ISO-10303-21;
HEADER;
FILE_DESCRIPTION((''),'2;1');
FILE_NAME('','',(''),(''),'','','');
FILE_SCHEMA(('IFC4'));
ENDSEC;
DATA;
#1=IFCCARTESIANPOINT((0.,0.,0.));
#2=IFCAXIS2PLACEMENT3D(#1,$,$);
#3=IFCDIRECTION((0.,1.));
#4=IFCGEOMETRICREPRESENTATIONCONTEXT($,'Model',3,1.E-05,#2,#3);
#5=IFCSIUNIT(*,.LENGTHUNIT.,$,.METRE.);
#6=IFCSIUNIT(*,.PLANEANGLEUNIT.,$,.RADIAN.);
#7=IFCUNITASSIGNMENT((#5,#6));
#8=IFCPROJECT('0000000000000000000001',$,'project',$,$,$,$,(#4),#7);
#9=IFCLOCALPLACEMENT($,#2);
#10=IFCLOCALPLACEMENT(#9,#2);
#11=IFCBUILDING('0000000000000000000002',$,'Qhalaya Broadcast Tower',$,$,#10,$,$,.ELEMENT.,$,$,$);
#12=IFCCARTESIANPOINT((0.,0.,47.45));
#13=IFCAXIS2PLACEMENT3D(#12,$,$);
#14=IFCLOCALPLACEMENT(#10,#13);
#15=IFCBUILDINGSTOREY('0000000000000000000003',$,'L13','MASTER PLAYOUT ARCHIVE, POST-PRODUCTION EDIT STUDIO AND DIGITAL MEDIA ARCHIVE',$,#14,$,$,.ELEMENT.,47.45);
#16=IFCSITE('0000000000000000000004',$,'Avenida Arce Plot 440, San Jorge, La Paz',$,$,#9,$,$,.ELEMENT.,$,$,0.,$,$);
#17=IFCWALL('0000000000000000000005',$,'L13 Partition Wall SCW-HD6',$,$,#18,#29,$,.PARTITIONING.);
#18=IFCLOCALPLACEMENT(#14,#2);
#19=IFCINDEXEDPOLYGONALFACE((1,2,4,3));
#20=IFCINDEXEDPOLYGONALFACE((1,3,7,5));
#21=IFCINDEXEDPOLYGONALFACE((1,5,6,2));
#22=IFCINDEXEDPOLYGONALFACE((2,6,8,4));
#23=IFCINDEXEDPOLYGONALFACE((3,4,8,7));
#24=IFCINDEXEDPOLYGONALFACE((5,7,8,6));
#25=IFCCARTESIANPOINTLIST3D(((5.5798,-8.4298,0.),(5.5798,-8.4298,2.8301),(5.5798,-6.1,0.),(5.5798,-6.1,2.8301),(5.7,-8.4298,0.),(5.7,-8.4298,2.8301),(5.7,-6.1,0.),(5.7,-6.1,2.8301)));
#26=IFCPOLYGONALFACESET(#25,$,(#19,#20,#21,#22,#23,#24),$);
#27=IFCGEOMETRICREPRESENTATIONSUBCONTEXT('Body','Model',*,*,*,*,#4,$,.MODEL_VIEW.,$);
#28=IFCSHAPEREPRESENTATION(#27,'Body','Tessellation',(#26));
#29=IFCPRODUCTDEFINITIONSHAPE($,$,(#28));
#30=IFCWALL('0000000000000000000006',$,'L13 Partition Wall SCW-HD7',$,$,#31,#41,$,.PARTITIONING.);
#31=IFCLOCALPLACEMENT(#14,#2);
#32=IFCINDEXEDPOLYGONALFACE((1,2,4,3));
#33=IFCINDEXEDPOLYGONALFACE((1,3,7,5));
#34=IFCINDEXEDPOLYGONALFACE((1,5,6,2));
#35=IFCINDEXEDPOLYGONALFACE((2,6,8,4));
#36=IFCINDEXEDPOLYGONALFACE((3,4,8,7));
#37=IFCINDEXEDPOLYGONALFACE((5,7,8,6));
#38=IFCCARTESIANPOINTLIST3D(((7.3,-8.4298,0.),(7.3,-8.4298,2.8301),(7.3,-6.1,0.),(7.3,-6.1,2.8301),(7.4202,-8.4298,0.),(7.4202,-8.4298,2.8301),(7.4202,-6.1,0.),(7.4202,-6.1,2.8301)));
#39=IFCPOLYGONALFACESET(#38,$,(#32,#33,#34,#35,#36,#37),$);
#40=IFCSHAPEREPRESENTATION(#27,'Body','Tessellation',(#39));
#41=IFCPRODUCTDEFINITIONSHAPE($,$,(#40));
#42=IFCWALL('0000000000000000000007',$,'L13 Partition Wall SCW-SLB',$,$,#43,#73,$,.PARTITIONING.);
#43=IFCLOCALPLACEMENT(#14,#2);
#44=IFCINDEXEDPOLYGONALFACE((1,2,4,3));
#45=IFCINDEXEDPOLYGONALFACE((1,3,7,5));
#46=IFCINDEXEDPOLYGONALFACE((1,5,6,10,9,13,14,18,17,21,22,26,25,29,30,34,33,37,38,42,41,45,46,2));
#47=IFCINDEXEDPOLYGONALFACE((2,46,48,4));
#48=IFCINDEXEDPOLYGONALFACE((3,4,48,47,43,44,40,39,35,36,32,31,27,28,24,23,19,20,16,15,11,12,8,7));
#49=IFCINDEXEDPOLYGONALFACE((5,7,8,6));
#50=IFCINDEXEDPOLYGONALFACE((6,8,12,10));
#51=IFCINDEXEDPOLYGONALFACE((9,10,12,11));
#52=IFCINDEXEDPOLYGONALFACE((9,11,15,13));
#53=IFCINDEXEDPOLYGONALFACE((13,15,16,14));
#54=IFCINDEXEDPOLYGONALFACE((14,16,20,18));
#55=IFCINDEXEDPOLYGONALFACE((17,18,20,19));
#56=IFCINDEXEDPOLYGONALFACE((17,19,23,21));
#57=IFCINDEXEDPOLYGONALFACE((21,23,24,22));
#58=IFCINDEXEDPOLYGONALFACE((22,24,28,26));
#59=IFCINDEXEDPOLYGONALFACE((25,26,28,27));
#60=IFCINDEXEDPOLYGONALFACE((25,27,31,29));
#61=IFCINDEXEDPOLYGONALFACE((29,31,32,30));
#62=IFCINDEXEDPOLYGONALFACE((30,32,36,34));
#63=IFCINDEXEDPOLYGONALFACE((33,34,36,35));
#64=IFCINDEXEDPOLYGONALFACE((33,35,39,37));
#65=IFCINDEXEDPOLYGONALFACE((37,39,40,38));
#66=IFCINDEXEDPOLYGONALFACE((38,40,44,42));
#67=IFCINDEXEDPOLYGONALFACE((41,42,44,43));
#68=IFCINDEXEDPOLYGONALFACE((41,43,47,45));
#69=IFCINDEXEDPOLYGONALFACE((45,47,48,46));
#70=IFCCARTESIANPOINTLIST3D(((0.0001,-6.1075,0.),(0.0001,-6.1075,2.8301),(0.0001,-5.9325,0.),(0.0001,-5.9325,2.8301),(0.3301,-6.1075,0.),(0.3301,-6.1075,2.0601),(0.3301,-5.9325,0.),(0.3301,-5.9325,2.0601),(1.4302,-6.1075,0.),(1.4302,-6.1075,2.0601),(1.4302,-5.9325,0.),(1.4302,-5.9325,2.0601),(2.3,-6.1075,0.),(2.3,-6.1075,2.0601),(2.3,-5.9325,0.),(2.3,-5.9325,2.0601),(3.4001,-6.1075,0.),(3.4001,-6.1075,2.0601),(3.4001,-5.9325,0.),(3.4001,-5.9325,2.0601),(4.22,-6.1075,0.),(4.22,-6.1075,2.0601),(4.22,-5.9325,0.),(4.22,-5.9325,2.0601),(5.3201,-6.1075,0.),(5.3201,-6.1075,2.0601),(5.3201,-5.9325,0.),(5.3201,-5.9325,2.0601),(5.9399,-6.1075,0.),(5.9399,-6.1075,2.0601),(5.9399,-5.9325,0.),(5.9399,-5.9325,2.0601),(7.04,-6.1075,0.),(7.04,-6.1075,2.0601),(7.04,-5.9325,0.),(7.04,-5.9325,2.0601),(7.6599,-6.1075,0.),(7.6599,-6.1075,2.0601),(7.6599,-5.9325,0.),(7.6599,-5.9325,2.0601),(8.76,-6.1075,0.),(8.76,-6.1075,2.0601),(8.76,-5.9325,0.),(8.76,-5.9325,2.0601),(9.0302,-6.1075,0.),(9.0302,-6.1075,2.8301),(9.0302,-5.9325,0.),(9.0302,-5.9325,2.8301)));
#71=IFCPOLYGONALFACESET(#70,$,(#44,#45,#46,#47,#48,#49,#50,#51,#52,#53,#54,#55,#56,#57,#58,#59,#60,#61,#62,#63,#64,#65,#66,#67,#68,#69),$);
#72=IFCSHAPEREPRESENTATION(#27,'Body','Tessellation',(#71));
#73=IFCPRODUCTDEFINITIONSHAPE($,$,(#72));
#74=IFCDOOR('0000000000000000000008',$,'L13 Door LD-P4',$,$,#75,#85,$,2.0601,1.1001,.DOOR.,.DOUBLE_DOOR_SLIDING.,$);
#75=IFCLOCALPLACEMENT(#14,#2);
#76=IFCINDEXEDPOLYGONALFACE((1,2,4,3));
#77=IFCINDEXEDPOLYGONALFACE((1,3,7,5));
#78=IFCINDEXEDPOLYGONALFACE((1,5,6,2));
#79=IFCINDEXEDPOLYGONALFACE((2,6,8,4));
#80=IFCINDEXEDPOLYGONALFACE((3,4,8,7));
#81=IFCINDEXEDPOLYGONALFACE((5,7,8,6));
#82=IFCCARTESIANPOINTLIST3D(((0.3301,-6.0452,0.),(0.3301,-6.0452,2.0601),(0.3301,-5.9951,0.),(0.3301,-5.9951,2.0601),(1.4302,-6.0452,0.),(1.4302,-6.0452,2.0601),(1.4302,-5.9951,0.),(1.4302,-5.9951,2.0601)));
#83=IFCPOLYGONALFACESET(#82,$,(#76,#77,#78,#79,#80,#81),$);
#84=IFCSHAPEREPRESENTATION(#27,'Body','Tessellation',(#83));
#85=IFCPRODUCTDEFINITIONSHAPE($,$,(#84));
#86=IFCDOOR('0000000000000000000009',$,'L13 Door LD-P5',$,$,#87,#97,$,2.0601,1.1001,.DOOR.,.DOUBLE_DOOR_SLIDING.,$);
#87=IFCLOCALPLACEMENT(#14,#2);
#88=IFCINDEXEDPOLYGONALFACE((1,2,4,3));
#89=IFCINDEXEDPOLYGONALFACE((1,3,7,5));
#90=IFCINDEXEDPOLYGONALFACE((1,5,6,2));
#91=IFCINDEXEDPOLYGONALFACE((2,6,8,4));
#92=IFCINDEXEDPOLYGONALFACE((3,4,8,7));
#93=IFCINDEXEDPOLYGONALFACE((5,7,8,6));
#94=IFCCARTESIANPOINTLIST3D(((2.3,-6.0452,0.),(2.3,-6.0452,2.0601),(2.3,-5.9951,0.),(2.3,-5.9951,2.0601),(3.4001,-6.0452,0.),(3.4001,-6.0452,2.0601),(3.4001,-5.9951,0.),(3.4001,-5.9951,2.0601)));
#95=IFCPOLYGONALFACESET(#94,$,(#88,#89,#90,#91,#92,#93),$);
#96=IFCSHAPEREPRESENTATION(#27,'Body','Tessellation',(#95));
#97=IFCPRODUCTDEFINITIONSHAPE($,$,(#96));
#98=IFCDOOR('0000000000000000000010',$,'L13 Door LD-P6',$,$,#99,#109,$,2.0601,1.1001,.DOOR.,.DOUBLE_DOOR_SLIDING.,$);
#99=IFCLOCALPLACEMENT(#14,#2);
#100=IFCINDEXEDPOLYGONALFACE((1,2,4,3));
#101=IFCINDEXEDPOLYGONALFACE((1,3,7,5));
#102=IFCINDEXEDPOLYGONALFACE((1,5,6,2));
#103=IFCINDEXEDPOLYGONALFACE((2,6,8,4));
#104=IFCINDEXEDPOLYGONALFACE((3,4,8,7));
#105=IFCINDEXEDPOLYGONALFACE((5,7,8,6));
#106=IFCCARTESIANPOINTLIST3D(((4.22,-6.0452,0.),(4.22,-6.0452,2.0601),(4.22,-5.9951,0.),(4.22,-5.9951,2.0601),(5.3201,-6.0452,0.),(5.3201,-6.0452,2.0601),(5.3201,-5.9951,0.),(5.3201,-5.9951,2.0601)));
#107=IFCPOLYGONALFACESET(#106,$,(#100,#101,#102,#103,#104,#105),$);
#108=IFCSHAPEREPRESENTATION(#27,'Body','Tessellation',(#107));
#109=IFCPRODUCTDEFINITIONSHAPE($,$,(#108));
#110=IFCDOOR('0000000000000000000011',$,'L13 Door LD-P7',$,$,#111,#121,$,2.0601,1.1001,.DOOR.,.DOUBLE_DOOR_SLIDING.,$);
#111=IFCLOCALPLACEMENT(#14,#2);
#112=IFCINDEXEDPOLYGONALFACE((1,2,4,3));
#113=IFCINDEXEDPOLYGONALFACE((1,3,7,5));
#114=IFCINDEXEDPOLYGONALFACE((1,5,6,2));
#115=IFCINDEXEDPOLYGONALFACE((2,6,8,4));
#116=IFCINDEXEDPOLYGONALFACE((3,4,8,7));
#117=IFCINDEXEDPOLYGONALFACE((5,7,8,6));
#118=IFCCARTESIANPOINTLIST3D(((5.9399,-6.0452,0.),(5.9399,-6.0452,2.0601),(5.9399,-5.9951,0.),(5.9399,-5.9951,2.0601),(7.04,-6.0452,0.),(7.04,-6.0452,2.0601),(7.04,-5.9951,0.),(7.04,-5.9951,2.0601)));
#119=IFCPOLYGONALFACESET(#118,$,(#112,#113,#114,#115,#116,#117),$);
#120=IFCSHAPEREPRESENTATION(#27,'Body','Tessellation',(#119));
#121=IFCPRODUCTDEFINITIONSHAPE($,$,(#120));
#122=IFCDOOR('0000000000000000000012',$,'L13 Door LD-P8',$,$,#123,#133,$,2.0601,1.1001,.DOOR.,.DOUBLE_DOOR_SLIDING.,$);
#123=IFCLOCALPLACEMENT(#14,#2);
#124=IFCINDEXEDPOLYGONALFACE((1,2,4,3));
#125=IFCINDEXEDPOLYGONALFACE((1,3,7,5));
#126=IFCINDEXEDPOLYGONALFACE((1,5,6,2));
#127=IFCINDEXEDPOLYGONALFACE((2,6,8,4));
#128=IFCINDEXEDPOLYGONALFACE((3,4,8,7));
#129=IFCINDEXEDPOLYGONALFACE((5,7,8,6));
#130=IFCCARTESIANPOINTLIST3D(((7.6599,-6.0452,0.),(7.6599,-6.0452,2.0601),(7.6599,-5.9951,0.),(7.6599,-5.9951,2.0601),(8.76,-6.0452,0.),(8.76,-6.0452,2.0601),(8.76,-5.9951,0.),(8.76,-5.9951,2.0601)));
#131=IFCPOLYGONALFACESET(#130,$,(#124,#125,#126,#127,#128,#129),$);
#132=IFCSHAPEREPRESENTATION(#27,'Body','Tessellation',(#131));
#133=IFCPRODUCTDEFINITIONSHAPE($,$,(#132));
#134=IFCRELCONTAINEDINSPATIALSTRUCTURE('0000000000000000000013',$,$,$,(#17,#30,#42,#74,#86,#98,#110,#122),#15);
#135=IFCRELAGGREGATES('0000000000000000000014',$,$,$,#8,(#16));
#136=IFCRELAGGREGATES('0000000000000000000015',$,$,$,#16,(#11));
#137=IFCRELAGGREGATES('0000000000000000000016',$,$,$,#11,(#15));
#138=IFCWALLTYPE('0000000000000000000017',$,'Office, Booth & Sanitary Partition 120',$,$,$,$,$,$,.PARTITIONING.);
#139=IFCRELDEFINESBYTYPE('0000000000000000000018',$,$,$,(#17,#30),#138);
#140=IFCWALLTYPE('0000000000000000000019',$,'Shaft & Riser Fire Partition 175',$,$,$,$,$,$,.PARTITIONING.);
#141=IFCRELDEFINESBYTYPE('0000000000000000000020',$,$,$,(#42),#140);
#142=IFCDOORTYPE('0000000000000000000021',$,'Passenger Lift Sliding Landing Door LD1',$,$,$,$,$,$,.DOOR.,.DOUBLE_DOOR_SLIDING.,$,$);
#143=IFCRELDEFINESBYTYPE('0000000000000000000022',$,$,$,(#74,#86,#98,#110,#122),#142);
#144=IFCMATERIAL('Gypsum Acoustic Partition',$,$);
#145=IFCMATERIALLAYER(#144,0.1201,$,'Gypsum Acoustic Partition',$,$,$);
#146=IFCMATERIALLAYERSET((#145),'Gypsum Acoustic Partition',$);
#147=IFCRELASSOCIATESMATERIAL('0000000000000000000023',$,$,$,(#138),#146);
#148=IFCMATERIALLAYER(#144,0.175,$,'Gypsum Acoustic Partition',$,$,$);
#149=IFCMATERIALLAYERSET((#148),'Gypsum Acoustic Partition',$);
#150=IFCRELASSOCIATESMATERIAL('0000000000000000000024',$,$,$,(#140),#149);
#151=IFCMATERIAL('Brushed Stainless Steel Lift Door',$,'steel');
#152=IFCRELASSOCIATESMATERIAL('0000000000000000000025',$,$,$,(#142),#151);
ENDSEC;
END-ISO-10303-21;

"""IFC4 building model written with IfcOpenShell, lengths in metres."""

from ifc_helpers import new_model, si_unit, direction, frame, frame_2d, origin, place, context, subcontext, project, spatial, rectangle, extrude, material, layer, layer_set, type_object, element, fill, save


model = new_model("IFC4")

# Units and contexts
model_context = context("Model", 3, precision=1e-05, world=origin(), true_north=direction((0.0, 1.0)))
body_context = subcontext(model_context, "Body", "Model", "MODEL_VIEW")
ifc_project = project(units=[si_unit("LENGTHUNIT", "METRE"), si_unit("PLANEANGLEUNIT", "RADIAN")], contexts=[model_context])

# Site, building, storey
site_placement = place(None, origin())
site = spatial("IfcSite", under=ifc_project, at=site_placement, Name="Avenida Arce Plot 440, San Jorge, La Paz", CompositionType="ELEMENT", RefElevation=0.0)
building_placement = place(site_placement, origin())
building = spatial("IfcBuilding", under=site, at=building_placement, Name="Qhalaya Broadcast Tower", CompositionType="ELEMENT")
storey_placement = place(building_placement, frame((0.0, 0.0, 47.45)))
storey = spatial("IfcBuildingStorey", under=building, at=storey_placement, Name="L13", Description="MASTER PLAYOUT ARCHIVE, POST-PRODUCTION EDIT STUDIO AND DIGITAL MEDIA ARCHIVE", CompositionType="ELEMENT", Elevation=47.45)

# Shared definitions
ifc_material_1 = material(Name="Gypsum Acoustic Partition")

# Walls
ifc_layer_1 = layer(ifc_material_1, 0.1201, Name="Gypsum Acoustic Partition")
ifc_layer_set_1 = layer_set([ifc_layer_1], Name="Gypsum Acoustic Partition")
wall_type_1 = type_object("IfcWallType", Name="Office, Booth & Sanitary Partition 120", PredefinedType="PARTITIONING", material=ifc_layer_set_1)
for number, where, z_axis, x_axis, name in (
    (1, (5.6399, -8.4299, 0.0), (0.0, 0.0, 1.0), (0.0, 1.0, 0.0), "L13 Partition Wall SCW-HD6"),
    (2, (7.3601, -8.4299, 0.0), (0.0, 0.0, 1.0), (0.0, 1.0, 0.0), "L13 Partition Wall SCW-HD7"),
):
    element("IfcWall", number, at=place(storey_placement, frame(where, z_axis=z_axis, x_axis=x_axis)), inside=storey, type_object=wall_type_1, Name=name, PredefinedType="PARTITIONING", context=body_context, shape_type="SweptSolid", body=[
        extrude(rectangle(XDim=2.3298, YDim=0.1201, at=frame_2d((1.165, 0.0))), origin(), (0.0, 0.0, 1.0), 2.8301),
    ])

# Wall, openings, doors
ifc_layer_2 = layer(ifc_material_1, 0.175, Name="Gypsum Acoustic Partition")
ifc_layer_set_2 = layer_set([ifc_layer_2], Name="Gypsum Acoustic Partition")
wall_type_2 = type_object("IfcWallType", Name="Shaft & Riser Fire Partition 175", PredefinedType="PARTITIONING", material=ifc_layer_set_2)
wall_1_placement = place(storey_placement, frame((0.0, -6.02, 0.0), z_axis=(0.0, 0.0, 1.0), x_axis=(1.0, 0.0, 0.0)))
wall_1 = element("IfcWall", 3, at=wall_1_placement, inside=storey, type_object=wall_type_2, Name="L13 Partition Wall SCW-SLB", PredefinedType="PARTITIONING", context=body_context, shape_type="SweptSolid", body=[
    extrude(rectangle(XDim=9.03, YDim=0.175, at=frame_2d((4.5151, 0.0))), origin(), (0.0, 0.0, 1.0), 2.8301),
])
opening_1_placement = place(wall_1_placement, frame((0.3301, 0.0, 0.0)))
opening_1 = element("IfcOpeningElement", 4, at=opening_1_placement, cuts=wall_1, PredefinedType="OPENING", context=body_context, shape_type="SweptSolid", body=[
    extrude(rectangle(XDim=1.1001, YDim=2.0601, at=frame_2d((0.55, 1.03))), frame((0.0, 0.0996, 0.0), z_axis=(0.0, -1.0, 0.0), x_axis=(1.0, 0.0, 0.0)), (0.0, 0.0, 1.0), 0.199),
])
opening_2_placement = place(wall_1_placement, frame((2.3, 0.0, 0.0)))
opening_2 = element("IfcOpeningElement", 5, at=opening_2_placement, cuts=wall_1, PredefinedType="OPENING", context=body_context, shape_type="SweptSolid", body=[
    extrude(rectangle(XDim=1.1001, YDim=2.0601, at=frame_2d((0.55, 1.03))), frame((0.0, 0.0996, 0.0), z_axis=(0.0, -1.0, 0.0), x_axis=(1.0, 0.0, 0.0)), (0.0, 0.0, 1.0), 0.199),
])
opening_3_placement = place(wall_1_placement, frame((4.22, 0.0, 0.0)))
opening_3 = element("IfcOpeningElement", 6, at=opening_3_placement, cuts=wall_1, PredefinedType="OPENING", context=body_context, shape_type="SweptSolid", body=[
    extrude(rectangle(XDim=1.1001, YDim=2.0601, at=frame_2d((0.55, 1.03))), frame((0.0, 0.0996, 0.0), z_axis=(0.0, -1.0, 0.0), x_axis=(1.0, 0.0, 0.0)), (0.0, 0.0, 1.0), 0.199),
])
opening_4_placement = place(wall_1_placement, frame((5.9399, 0.0, 0.0)))
opening_4 = element("IfcOpeningElement", 7, at=opening_4_placement, cuts=wall_1, PredefinedType="OPENING", context=body_context, shape_type="SweptSolid", body=[
    extrude(rectangle(XDim=1.1001, YDim=2.0601, at=frame_2d((0.55, 1.03))), frame((0.0, 0.0996, 0.0), z_axis=(0.0, -1.0, 0.0), x_axis=(1.0, 0.0, 0.0)), (0.0, 0.0, 1.0), 0.199),
])
opening_5_placement = place(wall_1_placement, frame((7.6599, 0.0, 0.0)))
opening_5 = element("IfcOpeningElement", 8, at=opening_5_placement, cuts=wall_1, PredefinedType="OPENING", context=body_context, shape_type="SweptSolid", body=[
    extrude(rectangle(XDim=1.1001, YDim=2.0601, at=frame_2d((0.55, 1.03))), frame((0.0, 0.0996, 0.0), z_axis=(0.0, -1.0, 0.0), x_axis=(1.0, 0.0, 0.0)), (0.0, 0.0, 1.0), 0.199),
])
ifc_material_2 = material(Name="Brushed Stainless Steel Lift Door", Category="steel")
door_type_1 = type_object("IfcDoorType", Name="Passenger Lift Sliding Landing Door LD1", OperationType="DOUBLE_DOOR_SLIDING", PredefinedType="DOOR", material=ifc_material_2)
door_1_placement = place(opening_1_placement, origin())
door_1 = element("IfcDoor", 9, at=door_1_placement, inside=storey, type_object=door_type_1, Name="L13 Door LD-P4", OperationType="DOUBLE_DOOR_SLIDING", OverallHeight=2.0601, OverallWidth=1.1001, PredefinedType="DOOR", context=body_context, shape_type="SweptSolid", body=[
    extrude(rectangle(XDim=1.1001, YDim=2.0601, at=frame_2d((0.55, 1.03))), frame((0.0, 0.0249, 0.0), z_axis=(0.0, -1.0, 0.0), x_axis=(1.0, 0.0, 0.0)), (0.0, 0.0, 1.0), 0.05),
])
fill(opening_1, door_1)
door_2_placement = place(opening_2_placement, origin())
door_2 = element("IfcDoor", 10, at=door_2_placement, inside=storey, type_object=door_type_1, Name="L13 Door LD-P5", OperationType="DOUBLE_DOOR_SLIDING", OverallHeight=2.0601, OverallWidth=1.1001, PredefinedType="DOOR", context=body_context, shape_type="SweptSolid", body=[
    extrude(rectangle(XDim=1.1001, YDim=2.0601, at=frame_2d((0.55, 1.03))), frame((0.0, 0.0249, 0.0), z_axis=(0.0, -1.0, 0.0), x_axis=(1.0, 0.0, 0.0)), (0.0, 0.0, 1.0), 0.05),
])
fill(opening_2, door_2)
door_3_placement = place(opening_3_placement, origin())
door_3 = element("IfcDoor", 11, at=door_3_placement, inside=storey, type_object=door_type_1, Name="L13 Door LD-P6", OperationType="DOUBLE_DOOR_SLIDING", OverallHeight=2.0601, OverallWidth=1.1001, PredefinedType="DOOR", context=body_context, shape_type="SweptSolid", body=[
    extrude(rectangle(XDim=1.1001, YDim=2.0601, at=frame_2d((0.55, 1.03))), frame((0.0, 0.0249, 0.0), z_axis=(0.0, -1.0, 0.0), x_axis=(1.0, 0.0, 0.0)), (0.0, 0.0, 1.0), 0.05),
])
fill(opening_3, door_3)
door_4_placement = place(opening_4_placement, origin())
door_4 = element("IfcDoor", 12, at=door_4_placement, inside=storey, type_object=door_type_1, Name="L13 Door LD-P7", OperationType="DOUBLE_DOOR_SLIDING", OverallHeight=2.0601, OverallWidth=1.1001, PredefinedType="DOOR", context=body_context, shape_type="SweptSolid", body=[
    extrude(rectangle(XDim=1.1001, YDim=2.0601, at=frame_2d((0.55, 1.03))), frame((0.0, 0.0249, 0.0), z_axis=(0.0, -1.0, 0.0), x_axis=(1.0, 0.0, 0.0)), (0.0, 0.0, 1.0), 0.05),
])
fill(opening_4, door_4)
door_5_placement = place(opening_5_placement, origin())
door_5 = element("IfcDoor", 13, at=door_5_placement, inside=storey, type_object=door_type_1, Name="L13 Door LD-P8", OperationType="DOUBLE_DOOR_SLIDING", OverallHeight=2.0601, OverallWidth=1.1001, PredefinedType="DOOR", context=body_context, shape_type="SweptSolid", body=[
    extrude(rectangle(XDim=1.1001, YDim=2.0601, at=frame_2d((0.55, 1.03))), frame((0.0, 0.0249, 0.0), z_axis=(0.0, -1.0, 0.0), x_axis=(1.0, 0.0, 0.0)), (0.0, 0.0, 1.0), 0.05),
])
fill(opening_5, door_5)

save(model, "model.ifc")
